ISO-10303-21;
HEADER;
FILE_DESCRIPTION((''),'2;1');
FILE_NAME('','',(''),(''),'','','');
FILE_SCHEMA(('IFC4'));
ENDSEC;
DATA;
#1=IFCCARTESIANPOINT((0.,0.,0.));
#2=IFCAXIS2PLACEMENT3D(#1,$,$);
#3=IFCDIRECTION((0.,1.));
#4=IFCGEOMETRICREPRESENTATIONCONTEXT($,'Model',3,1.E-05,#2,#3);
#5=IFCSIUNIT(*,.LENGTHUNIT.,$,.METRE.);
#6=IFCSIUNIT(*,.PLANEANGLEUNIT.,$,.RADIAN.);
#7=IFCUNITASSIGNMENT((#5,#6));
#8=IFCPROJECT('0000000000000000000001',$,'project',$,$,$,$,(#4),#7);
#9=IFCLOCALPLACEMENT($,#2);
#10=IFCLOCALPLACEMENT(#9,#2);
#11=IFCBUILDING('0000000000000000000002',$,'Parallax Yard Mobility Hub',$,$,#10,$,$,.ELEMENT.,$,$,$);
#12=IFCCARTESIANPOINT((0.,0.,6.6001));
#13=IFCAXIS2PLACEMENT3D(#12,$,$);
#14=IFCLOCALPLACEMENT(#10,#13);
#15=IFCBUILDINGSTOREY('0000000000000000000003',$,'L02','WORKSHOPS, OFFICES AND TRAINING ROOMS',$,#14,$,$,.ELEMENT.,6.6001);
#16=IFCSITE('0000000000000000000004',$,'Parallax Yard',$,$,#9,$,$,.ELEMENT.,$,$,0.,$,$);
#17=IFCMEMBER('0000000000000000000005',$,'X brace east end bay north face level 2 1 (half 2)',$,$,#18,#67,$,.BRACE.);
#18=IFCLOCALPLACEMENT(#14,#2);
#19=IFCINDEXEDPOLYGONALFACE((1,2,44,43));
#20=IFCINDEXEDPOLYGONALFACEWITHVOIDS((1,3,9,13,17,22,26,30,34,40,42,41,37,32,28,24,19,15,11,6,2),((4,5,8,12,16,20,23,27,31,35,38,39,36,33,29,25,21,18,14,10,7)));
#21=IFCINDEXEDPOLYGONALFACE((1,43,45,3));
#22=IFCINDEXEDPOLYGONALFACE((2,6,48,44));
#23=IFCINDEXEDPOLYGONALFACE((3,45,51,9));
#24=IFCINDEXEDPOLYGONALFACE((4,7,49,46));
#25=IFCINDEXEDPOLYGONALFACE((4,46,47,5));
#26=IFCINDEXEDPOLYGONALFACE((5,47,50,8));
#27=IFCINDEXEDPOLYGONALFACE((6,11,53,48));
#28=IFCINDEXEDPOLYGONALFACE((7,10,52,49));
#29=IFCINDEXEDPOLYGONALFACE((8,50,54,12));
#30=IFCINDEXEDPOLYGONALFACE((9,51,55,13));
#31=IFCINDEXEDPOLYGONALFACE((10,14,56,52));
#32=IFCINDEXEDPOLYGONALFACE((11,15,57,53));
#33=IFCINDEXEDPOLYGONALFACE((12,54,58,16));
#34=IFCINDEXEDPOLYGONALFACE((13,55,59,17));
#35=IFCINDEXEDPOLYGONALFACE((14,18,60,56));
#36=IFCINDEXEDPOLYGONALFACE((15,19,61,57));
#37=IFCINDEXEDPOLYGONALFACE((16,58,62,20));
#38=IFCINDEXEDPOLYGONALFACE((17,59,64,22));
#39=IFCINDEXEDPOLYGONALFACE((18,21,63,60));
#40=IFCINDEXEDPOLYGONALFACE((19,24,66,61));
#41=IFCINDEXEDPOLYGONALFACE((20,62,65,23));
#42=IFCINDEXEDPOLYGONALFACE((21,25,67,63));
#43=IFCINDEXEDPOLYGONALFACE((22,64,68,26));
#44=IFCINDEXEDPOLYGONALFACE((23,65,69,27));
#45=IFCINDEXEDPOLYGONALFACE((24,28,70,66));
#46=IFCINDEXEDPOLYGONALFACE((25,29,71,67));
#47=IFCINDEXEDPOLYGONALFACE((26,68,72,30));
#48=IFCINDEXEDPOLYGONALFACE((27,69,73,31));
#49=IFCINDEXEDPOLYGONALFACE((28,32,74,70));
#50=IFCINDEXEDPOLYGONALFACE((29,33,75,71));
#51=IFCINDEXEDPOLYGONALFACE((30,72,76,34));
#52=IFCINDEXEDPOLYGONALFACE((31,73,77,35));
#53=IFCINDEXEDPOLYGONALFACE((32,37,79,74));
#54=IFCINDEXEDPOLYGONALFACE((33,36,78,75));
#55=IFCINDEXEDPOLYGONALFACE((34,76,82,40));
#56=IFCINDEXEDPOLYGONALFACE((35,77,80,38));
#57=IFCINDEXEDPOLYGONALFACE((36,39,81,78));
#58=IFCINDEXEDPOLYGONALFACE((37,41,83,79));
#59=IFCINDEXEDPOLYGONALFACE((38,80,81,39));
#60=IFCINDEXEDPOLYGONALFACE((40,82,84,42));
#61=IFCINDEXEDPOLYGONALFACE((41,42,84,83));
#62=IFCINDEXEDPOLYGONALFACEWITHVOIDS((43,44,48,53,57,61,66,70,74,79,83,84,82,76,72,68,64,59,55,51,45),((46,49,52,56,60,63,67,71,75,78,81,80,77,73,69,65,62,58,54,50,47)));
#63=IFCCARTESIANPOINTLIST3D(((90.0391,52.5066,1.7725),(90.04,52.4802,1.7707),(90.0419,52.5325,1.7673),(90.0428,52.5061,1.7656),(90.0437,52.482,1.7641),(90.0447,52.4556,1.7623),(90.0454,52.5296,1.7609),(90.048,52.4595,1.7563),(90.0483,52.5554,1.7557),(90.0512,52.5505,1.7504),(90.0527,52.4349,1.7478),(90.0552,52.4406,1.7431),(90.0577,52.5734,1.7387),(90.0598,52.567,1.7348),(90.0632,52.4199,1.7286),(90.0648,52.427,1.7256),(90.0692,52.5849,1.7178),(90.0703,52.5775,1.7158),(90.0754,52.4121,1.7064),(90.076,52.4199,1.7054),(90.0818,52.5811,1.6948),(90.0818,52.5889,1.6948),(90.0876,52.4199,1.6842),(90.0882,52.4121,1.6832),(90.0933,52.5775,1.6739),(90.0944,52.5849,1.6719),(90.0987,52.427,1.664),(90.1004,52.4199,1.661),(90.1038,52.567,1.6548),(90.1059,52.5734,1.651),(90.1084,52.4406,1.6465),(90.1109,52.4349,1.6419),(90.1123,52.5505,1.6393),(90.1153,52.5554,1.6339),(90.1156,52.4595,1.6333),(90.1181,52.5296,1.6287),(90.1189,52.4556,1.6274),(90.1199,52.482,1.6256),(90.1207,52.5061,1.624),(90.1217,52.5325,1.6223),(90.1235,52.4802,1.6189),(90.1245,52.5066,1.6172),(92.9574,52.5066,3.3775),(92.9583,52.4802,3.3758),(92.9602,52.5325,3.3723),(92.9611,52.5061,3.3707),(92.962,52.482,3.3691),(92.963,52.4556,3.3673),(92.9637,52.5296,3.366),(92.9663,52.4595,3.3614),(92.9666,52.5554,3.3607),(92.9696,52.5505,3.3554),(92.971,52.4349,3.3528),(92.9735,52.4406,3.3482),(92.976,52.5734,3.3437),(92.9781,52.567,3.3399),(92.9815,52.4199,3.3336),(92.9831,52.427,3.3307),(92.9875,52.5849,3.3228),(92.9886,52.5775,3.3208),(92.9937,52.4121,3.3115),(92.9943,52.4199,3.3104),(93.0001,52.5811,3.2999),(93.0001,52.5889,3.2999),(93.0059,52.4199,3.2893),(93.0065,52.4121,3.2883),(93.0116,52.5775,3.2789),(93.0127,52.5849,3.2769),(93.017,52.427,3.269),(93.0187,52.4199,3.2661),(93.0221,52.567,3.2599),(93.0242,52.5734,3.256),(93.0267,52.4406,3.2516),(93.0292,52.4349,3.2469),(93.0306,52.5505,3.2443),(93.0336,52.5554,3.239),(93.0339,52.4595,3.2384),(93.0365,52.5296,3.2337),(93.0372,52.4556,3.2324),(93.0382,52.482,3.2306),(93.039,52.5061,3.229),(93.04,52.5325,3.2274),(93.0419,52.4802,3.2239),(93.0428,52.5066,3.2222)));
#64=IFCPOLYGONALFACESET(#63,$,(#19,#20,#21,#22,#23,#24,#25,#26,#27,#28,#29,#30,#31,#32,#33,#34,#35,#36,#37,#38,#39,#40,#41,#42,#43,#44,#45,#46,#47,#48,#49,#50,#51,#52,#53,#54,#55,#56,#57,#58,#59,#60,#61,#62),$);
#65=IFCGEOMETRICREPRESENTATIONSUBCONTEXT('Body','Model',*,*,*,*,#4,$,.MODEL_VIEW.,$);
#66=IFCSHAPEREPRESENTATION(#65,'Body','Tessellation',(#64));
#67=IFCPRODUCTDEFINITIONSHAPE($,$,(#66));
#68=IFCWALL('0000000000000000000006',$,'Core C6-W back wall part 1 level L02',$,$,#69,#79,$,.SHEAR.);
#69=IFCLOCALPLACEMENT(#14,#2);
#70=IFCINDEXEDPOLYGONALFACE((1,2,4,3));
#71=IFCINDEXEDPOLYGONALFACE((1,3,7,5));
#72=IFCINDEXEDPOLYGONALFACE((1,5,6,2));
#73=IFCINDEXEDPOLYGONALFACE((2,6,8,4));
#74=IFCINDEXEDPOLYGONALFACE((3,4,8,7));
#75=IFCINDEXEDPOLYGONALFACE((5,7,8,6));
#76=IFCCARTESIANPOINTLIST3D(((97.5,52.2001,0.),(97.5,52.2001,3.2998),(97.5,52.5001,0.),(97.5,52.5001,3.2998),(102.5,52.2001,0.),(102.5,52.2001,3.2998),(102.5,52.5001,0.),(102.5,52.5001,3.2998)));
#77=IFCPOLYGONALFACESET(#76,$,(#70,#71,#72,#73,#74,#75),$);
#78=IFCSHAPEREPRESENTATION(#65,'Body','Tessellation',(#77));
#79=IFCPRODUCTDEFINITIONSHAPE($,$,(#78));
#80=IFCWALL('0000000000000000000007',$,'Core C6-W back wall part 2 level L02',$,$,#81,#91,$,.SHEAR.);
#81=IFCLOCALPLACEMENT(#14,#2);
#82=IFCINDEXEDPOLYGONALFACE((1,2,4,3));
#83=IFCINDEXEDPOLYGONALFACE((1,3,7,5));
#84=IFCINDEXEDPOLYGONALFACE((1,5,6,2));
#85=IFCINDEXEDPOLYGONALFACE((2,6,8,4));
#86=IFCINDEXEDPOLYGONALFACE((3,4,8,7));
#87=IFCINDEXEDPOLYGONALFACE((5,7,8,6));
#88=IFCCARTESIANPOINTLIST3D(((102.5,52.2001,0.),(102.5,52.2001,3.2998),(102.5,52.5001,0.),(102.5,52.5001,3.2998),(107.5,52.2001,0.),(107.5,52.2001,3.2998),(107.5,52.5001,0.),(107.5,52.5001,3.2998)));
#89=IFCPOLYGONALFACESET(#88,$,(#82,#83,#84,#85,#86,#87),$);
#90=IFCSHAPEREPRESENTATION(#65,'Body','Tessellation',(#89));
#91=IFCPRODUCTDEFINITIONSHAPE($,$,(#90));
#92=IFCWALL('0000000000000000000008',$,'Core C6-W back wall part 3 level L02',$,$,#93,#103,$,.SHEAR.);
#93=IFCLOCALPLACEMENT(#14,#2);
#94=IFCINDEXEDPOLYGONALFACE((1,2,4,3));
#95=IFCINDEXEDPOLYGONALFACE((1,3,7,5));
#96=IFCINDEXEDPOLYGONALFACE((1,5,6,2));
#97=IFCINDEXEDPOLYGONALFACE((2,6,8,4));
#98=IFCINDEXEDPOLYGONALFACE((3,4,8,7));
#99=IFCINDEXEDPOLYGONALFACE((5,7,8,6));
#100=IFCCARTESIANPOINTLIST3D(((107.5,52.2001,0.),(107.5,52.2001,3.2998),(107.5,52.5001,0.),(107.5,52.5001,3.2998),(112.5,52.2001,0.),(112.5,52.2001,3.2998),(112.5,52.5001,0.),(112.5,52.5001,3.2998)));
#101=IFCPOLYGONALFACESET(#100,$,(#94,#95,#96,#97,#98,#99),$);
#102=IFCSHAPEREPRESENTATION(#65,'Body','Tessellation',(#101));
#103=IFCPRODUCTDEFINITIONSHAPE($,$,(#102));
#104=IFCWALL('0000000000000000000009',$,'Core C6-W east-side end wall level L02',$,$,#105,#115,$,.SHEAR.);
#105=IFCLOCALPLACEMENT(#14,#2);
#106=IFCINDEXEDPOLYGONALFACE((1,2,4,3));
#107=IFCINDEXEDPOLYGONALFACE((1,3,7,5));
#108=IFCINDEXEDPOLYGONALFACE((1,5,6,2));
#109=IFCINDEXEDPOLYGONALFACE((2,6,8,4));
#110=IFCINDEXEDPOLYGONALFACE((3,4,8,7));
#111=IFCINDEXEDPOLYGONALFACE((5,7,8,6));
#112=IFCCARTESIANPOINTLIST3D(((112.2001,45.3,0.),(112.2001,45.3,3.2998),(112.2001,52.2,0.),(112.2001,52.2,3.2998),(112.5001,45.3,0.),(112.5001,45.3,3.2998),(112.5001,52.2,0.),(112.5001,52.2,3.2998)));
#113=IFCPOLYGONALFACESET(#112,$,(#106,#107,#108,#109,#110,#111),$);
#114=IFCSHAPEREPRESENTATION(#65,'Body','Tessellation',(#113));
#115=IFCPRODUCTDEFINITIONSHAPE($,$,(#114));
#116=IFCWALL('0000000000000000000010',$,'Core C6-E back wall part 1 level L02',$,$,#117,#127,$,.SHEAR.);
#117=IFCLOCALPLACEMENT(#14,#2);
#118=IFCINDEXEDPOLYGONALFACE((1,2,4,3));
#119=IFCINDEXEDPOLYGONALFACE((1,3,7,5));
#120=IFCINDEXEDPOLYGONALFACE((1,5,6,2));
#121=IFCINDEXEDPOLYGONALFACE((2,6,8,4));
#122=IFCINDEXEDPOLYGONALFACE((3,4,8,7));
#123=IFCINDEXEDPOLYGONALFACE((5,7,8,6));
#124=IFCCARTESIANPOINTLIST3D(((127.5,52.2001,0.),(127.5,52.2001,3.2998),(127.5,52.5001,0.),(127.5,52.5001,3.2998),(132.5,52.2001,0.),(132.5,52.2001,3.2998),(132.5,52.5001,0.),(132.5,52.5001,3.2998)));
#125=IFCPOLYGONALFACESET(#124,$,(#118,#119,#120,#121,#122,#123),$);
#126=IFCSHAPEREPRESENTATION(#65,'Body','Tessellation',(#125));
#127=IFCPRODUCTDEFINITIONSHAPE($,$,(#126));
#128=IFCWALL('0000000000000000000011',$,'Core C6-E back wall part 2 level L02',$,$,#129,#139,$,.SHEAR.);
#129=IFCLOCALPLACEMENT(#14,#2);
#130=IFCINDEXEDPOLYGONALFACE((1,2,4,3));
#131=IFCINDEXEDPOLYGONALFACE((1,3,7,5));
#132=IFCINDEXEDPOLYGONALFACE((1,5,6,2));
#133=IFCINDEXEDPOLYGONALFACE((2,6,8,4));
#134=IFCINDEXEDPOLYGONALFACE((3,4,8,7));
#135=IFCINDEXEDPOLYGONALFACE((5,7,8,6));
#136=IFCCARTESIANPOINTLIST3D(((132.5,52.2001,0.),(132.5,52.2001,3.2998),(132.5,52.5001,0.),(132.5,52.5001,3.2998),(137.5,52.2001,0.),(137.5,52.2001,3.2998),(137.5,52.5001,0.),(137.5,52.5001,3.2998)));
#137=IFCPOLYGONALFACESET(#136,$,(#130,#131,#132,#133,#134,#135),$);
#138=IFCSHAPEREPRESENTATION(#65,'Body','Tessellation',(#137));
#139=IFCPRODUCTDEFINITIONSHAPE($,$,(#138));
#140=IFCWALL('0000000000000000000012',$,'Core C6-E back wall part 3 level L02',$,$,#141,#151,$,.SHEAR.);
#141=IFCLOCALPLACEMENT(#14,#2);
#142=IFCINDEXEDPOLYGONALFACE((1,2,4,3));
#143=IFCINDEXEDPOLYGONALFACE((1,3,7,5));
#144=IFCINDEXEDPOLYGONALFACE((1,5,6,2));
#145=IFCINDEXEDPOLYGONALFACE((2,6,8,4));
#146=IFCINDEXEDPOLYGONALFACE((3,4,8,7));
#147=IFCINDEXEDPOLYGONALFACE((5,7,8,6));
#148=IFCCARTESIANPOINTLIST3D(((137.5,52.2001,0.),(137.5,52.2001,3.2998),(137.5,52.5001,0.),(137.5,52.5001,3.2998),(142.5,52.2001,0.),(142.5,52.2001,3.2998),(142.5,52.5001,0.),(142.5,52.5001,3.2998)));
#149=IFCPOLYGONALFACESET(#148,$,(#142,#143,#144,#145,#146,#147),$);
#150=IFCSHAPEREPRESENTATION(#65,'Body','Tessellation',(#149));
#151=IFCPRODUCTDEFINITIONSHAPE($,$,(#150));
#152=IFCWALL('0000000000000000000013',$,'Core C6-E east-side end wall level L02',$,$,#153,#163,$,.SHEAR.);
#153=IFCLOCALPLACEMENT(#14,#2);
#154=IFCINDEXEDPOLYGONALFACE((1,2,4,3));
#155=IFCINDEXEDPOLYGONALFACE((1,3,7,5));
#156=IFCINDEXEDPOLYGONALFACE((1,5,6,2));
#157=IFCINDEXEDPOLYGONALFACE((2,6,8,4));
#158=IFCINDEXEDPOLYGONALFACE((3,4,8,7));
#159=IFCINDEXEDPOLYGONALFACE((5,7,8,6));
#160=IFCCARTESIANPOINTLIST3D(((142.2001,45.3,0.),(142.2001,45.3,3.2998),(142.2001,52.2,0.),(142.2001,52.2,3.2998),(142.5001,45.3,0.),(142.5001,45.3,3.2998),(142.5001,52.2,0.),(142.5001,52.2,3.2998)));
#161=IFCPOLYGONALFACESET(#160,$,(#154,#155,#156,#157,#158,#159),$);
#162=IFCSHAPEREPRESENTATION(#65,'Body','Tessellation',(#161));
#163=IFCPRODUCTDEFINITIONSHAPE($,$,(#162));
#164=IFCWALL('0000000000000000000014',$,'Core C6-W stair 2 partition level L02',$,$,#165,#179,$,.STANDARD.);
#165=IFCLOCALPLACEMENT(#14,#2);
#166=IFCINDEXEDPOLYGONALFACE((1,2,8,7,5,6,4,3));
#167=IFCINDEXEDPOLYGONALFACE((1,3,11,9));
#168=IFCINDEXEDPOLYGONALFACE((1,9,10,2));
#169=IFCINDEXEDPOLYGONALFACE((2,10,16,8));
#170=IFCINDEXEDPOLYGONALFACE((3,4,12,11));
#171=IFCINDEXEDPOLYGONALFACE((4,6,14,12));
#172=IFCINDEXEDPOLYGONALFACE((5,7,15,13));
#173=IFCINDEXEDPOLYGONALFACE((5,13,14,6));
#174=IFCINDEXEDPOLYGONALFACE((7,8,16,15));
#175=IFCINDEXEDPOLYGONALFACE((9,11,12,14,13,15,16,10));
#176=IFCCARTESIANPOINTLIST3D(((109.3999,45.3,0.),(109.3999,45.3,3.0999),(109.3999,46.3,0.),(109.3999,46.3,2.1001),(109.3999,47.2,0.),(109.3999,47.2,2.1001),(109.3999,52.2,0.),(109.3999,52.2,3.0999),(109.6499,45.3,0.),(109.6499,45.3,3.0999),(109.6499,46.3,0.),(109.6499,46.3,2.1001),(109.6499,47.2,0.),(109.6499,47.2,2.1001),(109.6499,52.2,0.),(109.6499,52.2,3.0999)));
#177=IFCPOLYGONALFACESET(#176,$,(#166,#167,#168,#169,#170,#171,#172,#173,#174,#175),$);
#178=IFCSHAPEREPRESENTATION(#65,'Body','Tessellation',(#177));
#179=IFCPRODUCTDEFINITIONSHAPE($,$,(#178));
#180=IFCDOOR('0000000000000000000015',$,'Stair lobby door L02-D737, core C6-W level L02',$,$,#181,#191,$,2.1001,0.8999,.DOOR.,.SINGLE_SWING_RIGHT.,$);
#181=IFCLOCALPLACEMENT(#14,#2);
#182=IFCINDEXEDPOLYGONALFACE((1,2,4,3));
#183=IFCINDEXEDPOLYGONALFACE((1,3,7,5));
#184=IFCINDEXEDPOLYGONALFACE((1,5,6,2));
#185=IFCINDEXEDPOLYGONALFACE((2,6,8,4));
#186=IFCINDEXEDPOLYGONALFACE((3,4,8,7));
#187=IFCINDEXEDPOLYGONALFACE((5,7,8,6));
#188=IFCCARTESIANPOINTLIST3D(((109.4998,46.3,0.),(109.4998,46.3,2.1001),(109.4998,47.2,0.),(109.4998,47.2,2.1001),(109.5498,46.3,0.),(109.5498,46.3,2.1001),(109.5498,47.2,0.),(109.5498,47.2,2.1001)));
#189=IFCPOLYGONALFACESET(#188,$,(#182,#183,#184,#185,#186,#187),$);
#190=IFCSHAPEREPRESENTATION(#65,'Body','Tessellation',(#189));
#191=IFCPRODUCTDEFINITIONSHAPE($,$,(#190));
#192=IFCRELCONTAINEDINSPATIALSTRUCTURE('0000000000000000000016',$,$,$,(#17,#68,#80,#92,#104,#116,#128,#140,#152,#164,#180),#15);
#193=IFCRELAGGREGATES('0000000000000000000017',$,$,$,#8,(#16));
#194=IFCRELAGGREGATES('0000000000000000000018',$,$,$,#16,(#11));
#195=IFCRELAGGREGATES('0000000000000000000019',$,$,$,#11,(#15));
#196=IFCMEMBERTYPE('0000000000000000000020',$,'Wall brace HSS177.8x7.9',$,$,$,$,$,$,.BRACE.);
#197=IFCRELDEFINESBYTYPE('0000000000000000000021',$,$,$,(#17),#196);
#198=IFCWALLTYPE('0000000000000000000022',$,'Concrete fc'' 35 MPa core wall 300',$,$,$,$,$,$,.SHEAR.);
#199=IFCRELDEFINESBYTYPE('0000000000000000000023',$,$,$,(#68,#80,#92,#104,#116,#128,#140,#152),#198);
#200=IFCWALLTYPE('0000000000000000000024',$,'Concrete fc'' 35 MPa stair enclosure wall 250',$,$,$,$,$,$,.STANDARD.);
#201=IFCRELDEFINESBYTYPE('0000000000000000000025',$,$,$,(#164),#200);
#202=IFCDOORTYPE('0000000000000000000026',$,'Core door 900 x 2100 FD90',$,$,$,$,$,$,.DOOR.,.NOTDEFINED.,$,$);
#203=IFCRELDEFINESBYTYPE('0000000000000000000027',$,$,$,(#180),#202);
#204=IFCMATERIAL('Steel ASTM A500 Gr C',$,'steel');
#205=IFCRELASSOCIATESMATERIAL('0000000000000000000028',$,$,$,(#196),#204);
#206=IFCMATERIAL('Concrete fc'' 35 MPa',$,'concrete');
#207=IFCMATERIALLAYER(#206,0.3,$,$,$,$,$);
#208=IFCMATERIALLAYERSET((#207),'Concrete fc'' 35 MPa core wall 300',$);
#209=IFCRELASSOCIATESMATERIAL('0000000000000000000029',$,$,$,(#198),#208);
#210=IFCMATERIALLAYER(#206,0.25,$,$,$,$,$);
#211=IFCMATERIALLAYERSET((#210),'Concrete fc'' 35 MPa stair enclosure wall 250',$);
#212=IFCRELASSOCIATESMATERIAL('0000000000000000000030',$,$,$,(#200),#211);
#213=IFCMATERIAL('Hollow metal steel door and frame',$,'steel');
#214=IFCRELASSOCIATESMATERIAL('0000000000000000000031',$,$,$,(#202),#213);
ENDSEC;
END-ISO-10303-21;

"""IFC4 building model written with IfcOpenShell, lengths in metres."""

from ifc_helpers import new_model, si_unit, direction, frame, frame_2d, origin, origin_2d, place, context, subcontext, project, spatial, rectangle, hollow_circle, extrude, material, layer, layer_set, material_profile, profile_set, type_object, element, fill, save


model = new_model("IFC4")

# Units and contexts
model_context = context("Model", 3, precision=1e-05, world=origin(), true_north=direction((0.0, 1.0)))
body_context = subcontext(model_context, "Body", "Model", "MODEL_VIEW")
ifc_project = project(units=[si_unit("LENGTHUNIT", "METRE"), si_unit("PLANEANGLEUNIT", "RADIAN")], contexts=[model_context])

# Site, building, storey
site_placement = place(None, origin())
site = spatial("IfcSite", under=ifc_project, at=site_placement, Name="Parallax Yard", CompositionType="ELEMENT", RefElevation=0.0)
building_placement = place(site_placement, origin())
building = spatial("IfcBuilding", under=site, at=building_placement, Name="Parallax Yard Mobility Hub", CompositionType="ELEMENT")
storey_placement = place(building_placement, frame((0.0, 0.0, 6.6001)))
storey = spatial("IfcBuildingStorey", under=building, at=storey_placement, Name="L02", Description="WORKSHOPS, OFFICES AND TRAINING ROOMS", CompositionType="ELEMENT", Elevation=6.6001)

# Member
ifc_material_1 = material(Name="Steel ASTM A500 Gr C", Category="steel")
ifc_material_profile = material_profile(ifc_material_1, hollow_circle(Radius=0.0889, WallThickness=0.0078, at=origin_2d()), Name="HSS177.8x7.9")
ifc_profile_set = profile_set([ifc_material_profile], Name="Steel ASTM A500 Gr C")
member_type = type_object("IfcMemberType", Name="Wall brace HSS177.8x7.9", PredefinedType="BRACE", material=ifc_profile_set)
member_placement = place(storey_placement, frame((90.0818, 52.5, 1.6948), z_axis=(0.876221, 0.0, 0.48191), x_axis=(0.0, 1.0, 0.0)))
element("IfcMember", 1, at=member_placement, inside=storey, type_object=member_type, Name="X brace east end bay north face level 2 1 (half 2)", PredefinedType="BRACE", context=body_context, shape_type="SweptSolid", body=[
    extrude(hollow_circle(Radius=0.0889, WallThickness=0.0078, at=origin_2d()), origin(), (0.0, 0.0, 1.0), 3.3306),
])

# Walls
ifc_material_2 = material(Name="Concrete fc' 35 MPa", Category="concrete")
ifc_layer_1 = layer(ifc_material_2, 0.3)
ifc_layer_set_1 = layer_set([ifc_layer_1], Name="Concrete fc' 35 MPa core wall 300")
wall_type_1 = type_object("IfcWallType", Name="Concrete fc' 35 MPa core wall 300", PredefinedType="SHEAR", material=ifc_layer_set_1)
for number, where, z_axis, x_axis, name in (
    (2, (97.5, 52.3501, 0.0), (0.0, 0.0, 1.0), (1.0, 0.0, 0.0), "Core C6-W back wall part 1 level L02"),
    (3, (102.5, 52.3501, 0.0), (0.0, 0.0, 1.0), (1.0, 0.0, 0.0), "Core C6-W back wall part 2 level L02"),
    (4, (107.5, 52.3501, 0.0), (0.0, 0.0, 1.0), (1.0, 0.0, 0.0), "Core C6-W back wall part 3 level L02"),
):
    element("IfcWall", number, at=place(storey_placement, frame(where, z_axis=z_axis, x_axis=x_axis)), inside=storey, type_object=wall_type_1, Name=name, PredefinedType="SHEAR", context=body_context, shape_type="SweptSolid", body=[
        extrude(rectangle(XDim=5.0, YDim=0.3, at=frame_2d((2.5, 0.0))), origin(), (0.0, 0.0, 1.0), 3.2998),
    ])
wall_1_placement = place(storey_placement, frame((112.3501, 52.2, 0.0), z_axis=(0.0, 0.0, 1.0), x_axis=(0.0, -1.0, 0.0)))
element("IfcWall", 5, at=wall_1_placement, inside=storey, type_object=wall_type_1, Name="Core C6-W east-side end wall level L02", PredefinedType="SHEAR", context=body_context, shape_type="SweptSolid", body=[
    extrude(rectangle(XDim=6.8999, YDim=0.3, at=frame_2d((3.45, 0.0))), origin(), (0.0, 0.0, 1.0), 3.2998),
])
for number, where, z_axis, x_axis, name in (
    (6, (127.5, 52.3501, 0.0), (0.0, 0.0, 1.0), (1.0, 0.0, 0.0), "Core C6-E back wall part 1 level L02"),
    (7, (132.5, 52.3501, 0.0), (0.0, 0.0, 1.0), (1.0, 0.0, 0.0), "Core C6-E back wall part 2 level L02"),
    (8, (137.5, 52.3501, 0.0), (0.0, 0.0, 1.0), (1.0, 0.0, 0.0), "Core C6-E back wall part 3 level L02"),
):
    element("IfcWall", number, at=place(storey_placement, frame(where, z_axis=z_axis, x_axis=x_axis)), inside=storey, type_object=wall_type_1, Name=name, PredefinedType="SHEAR", context=body_context, shape_type="SweptSolid", body=[
        extrude(rectangle(XDim=5.0, YDim=0.3, at=frame_2d((2.5, 0.0))), origin(), (0.0, 0.0, 1.0), 3.2998),
    ])
wall_2_placement = place(storey_placement, frame((142.3501, 52.2, 0.0), z_axis=(0.0, 0.0, 1.0), x_axis=(0.0, -1.0, 0.0)))
element("IfcWall", 9, at=wall_2_placement, inside=storey, type_object=wall_type_1, Name="Core C6-E east-side end wall level L02", PredefinedType="SHEAR", context=body_context, shape_type="SweptSolid", body=[
    extrude(rectangle(XDim=6.8999, YDim=0.3, at=frame_2d((3.45, 0.0))), origin(), (0.0, 0.0, 1.0), 3.2998),
])

# Wall, opening, door
ifc_layer_2 = layer(ifc_material_2, 0.25)
ifc_layer_set_2 = layer_set([ifc_layer_2], Name="Concrete fc' 35 MPa stair enclosure wall 250")
wall_type_2 = type_object("IfcWallType", Name="Concrete fc' 35 MPa stair enclosure wall 250", PredefinedType="STANDARD", material=ifc_layer_set_2)
wall_3_placement = place(storey_placement, frame((109.5249, 52.2, 0.0), z_axis=(0.0, 0.0, 1.0), x_axis=(0.0, -1.0, 0.0)))
wall_3 = element("IfcWall", 10, at=wall_3_placement, inside=storey, type_object=wall_type_2, Name="Core C6-W stair 2 partition level L02", PredefinedType="STANDARD", context=body_context, shape_type="SweptSolid", body=[
    extrude(rectangle(XDim=6.8999, YDim=0.25, at=frame_2d((3.45, 0.0))), origin(), (0.0, 0.0, 1.0), 3.0999),
])
opening_1_placement = place(wall_3_placement, frame((5.0, 0.0, 0.0)))
opening_1 = element("IfcOpeningElement", 11, at=opening_1_placement, cuts=wall_3, PredefinedType="OPENING", context=body_context, shape_type="SweptSolid", body=[
    extrude(rectangle(XDim=0.8999, YDim=2.1001, at=frame_2d((0.45, 1.05))), frame((0.0, 0.135, 0.0), z_axis=(0.0, -1.0, 0.0), x_axis=(1.0, 0.0, 0.0)), (0.0, 0.0, 1.0), 0.27),
])
ifc_material_3 = material(Name="Hollow metal steel door and frame", Category="steel")
door_type = type_object("IfcDoorType", Name="Core door 900 x 2100 FD90", OperationType="NOTDEFINED", PredefinedType="DOOR", material=ifc_material_3)
door_1_placement = place(opening_1_placement, origin())
door_1 = element("IfcDoor", 12, at=door_1_placement, inside=storey, type_object=door_type, Name="Stair lobby door L02-D737, core C6-W level L02", OperationType="SINGLE_SWING_RIGHT", OverallHeight=2.1001, OverallWidth=0.8999, PredefinedType="DOOR", context=body_context, shape_type="SweptSolid", body=[
    extrude(rectangle(XDim=0.8999, YDim=2.1001, at=frame_2d((0.45, 1.05))), frame((0.0, 0.0249, 0.0), z_axis=(0.0, -1.0, 0.0), x_axis=(1.0, 0.0, 0.0)), (0.0, 0.0, 1.0), 0.05),
])
fill(opening_1, door_1)

save(model, "model.ifc")
